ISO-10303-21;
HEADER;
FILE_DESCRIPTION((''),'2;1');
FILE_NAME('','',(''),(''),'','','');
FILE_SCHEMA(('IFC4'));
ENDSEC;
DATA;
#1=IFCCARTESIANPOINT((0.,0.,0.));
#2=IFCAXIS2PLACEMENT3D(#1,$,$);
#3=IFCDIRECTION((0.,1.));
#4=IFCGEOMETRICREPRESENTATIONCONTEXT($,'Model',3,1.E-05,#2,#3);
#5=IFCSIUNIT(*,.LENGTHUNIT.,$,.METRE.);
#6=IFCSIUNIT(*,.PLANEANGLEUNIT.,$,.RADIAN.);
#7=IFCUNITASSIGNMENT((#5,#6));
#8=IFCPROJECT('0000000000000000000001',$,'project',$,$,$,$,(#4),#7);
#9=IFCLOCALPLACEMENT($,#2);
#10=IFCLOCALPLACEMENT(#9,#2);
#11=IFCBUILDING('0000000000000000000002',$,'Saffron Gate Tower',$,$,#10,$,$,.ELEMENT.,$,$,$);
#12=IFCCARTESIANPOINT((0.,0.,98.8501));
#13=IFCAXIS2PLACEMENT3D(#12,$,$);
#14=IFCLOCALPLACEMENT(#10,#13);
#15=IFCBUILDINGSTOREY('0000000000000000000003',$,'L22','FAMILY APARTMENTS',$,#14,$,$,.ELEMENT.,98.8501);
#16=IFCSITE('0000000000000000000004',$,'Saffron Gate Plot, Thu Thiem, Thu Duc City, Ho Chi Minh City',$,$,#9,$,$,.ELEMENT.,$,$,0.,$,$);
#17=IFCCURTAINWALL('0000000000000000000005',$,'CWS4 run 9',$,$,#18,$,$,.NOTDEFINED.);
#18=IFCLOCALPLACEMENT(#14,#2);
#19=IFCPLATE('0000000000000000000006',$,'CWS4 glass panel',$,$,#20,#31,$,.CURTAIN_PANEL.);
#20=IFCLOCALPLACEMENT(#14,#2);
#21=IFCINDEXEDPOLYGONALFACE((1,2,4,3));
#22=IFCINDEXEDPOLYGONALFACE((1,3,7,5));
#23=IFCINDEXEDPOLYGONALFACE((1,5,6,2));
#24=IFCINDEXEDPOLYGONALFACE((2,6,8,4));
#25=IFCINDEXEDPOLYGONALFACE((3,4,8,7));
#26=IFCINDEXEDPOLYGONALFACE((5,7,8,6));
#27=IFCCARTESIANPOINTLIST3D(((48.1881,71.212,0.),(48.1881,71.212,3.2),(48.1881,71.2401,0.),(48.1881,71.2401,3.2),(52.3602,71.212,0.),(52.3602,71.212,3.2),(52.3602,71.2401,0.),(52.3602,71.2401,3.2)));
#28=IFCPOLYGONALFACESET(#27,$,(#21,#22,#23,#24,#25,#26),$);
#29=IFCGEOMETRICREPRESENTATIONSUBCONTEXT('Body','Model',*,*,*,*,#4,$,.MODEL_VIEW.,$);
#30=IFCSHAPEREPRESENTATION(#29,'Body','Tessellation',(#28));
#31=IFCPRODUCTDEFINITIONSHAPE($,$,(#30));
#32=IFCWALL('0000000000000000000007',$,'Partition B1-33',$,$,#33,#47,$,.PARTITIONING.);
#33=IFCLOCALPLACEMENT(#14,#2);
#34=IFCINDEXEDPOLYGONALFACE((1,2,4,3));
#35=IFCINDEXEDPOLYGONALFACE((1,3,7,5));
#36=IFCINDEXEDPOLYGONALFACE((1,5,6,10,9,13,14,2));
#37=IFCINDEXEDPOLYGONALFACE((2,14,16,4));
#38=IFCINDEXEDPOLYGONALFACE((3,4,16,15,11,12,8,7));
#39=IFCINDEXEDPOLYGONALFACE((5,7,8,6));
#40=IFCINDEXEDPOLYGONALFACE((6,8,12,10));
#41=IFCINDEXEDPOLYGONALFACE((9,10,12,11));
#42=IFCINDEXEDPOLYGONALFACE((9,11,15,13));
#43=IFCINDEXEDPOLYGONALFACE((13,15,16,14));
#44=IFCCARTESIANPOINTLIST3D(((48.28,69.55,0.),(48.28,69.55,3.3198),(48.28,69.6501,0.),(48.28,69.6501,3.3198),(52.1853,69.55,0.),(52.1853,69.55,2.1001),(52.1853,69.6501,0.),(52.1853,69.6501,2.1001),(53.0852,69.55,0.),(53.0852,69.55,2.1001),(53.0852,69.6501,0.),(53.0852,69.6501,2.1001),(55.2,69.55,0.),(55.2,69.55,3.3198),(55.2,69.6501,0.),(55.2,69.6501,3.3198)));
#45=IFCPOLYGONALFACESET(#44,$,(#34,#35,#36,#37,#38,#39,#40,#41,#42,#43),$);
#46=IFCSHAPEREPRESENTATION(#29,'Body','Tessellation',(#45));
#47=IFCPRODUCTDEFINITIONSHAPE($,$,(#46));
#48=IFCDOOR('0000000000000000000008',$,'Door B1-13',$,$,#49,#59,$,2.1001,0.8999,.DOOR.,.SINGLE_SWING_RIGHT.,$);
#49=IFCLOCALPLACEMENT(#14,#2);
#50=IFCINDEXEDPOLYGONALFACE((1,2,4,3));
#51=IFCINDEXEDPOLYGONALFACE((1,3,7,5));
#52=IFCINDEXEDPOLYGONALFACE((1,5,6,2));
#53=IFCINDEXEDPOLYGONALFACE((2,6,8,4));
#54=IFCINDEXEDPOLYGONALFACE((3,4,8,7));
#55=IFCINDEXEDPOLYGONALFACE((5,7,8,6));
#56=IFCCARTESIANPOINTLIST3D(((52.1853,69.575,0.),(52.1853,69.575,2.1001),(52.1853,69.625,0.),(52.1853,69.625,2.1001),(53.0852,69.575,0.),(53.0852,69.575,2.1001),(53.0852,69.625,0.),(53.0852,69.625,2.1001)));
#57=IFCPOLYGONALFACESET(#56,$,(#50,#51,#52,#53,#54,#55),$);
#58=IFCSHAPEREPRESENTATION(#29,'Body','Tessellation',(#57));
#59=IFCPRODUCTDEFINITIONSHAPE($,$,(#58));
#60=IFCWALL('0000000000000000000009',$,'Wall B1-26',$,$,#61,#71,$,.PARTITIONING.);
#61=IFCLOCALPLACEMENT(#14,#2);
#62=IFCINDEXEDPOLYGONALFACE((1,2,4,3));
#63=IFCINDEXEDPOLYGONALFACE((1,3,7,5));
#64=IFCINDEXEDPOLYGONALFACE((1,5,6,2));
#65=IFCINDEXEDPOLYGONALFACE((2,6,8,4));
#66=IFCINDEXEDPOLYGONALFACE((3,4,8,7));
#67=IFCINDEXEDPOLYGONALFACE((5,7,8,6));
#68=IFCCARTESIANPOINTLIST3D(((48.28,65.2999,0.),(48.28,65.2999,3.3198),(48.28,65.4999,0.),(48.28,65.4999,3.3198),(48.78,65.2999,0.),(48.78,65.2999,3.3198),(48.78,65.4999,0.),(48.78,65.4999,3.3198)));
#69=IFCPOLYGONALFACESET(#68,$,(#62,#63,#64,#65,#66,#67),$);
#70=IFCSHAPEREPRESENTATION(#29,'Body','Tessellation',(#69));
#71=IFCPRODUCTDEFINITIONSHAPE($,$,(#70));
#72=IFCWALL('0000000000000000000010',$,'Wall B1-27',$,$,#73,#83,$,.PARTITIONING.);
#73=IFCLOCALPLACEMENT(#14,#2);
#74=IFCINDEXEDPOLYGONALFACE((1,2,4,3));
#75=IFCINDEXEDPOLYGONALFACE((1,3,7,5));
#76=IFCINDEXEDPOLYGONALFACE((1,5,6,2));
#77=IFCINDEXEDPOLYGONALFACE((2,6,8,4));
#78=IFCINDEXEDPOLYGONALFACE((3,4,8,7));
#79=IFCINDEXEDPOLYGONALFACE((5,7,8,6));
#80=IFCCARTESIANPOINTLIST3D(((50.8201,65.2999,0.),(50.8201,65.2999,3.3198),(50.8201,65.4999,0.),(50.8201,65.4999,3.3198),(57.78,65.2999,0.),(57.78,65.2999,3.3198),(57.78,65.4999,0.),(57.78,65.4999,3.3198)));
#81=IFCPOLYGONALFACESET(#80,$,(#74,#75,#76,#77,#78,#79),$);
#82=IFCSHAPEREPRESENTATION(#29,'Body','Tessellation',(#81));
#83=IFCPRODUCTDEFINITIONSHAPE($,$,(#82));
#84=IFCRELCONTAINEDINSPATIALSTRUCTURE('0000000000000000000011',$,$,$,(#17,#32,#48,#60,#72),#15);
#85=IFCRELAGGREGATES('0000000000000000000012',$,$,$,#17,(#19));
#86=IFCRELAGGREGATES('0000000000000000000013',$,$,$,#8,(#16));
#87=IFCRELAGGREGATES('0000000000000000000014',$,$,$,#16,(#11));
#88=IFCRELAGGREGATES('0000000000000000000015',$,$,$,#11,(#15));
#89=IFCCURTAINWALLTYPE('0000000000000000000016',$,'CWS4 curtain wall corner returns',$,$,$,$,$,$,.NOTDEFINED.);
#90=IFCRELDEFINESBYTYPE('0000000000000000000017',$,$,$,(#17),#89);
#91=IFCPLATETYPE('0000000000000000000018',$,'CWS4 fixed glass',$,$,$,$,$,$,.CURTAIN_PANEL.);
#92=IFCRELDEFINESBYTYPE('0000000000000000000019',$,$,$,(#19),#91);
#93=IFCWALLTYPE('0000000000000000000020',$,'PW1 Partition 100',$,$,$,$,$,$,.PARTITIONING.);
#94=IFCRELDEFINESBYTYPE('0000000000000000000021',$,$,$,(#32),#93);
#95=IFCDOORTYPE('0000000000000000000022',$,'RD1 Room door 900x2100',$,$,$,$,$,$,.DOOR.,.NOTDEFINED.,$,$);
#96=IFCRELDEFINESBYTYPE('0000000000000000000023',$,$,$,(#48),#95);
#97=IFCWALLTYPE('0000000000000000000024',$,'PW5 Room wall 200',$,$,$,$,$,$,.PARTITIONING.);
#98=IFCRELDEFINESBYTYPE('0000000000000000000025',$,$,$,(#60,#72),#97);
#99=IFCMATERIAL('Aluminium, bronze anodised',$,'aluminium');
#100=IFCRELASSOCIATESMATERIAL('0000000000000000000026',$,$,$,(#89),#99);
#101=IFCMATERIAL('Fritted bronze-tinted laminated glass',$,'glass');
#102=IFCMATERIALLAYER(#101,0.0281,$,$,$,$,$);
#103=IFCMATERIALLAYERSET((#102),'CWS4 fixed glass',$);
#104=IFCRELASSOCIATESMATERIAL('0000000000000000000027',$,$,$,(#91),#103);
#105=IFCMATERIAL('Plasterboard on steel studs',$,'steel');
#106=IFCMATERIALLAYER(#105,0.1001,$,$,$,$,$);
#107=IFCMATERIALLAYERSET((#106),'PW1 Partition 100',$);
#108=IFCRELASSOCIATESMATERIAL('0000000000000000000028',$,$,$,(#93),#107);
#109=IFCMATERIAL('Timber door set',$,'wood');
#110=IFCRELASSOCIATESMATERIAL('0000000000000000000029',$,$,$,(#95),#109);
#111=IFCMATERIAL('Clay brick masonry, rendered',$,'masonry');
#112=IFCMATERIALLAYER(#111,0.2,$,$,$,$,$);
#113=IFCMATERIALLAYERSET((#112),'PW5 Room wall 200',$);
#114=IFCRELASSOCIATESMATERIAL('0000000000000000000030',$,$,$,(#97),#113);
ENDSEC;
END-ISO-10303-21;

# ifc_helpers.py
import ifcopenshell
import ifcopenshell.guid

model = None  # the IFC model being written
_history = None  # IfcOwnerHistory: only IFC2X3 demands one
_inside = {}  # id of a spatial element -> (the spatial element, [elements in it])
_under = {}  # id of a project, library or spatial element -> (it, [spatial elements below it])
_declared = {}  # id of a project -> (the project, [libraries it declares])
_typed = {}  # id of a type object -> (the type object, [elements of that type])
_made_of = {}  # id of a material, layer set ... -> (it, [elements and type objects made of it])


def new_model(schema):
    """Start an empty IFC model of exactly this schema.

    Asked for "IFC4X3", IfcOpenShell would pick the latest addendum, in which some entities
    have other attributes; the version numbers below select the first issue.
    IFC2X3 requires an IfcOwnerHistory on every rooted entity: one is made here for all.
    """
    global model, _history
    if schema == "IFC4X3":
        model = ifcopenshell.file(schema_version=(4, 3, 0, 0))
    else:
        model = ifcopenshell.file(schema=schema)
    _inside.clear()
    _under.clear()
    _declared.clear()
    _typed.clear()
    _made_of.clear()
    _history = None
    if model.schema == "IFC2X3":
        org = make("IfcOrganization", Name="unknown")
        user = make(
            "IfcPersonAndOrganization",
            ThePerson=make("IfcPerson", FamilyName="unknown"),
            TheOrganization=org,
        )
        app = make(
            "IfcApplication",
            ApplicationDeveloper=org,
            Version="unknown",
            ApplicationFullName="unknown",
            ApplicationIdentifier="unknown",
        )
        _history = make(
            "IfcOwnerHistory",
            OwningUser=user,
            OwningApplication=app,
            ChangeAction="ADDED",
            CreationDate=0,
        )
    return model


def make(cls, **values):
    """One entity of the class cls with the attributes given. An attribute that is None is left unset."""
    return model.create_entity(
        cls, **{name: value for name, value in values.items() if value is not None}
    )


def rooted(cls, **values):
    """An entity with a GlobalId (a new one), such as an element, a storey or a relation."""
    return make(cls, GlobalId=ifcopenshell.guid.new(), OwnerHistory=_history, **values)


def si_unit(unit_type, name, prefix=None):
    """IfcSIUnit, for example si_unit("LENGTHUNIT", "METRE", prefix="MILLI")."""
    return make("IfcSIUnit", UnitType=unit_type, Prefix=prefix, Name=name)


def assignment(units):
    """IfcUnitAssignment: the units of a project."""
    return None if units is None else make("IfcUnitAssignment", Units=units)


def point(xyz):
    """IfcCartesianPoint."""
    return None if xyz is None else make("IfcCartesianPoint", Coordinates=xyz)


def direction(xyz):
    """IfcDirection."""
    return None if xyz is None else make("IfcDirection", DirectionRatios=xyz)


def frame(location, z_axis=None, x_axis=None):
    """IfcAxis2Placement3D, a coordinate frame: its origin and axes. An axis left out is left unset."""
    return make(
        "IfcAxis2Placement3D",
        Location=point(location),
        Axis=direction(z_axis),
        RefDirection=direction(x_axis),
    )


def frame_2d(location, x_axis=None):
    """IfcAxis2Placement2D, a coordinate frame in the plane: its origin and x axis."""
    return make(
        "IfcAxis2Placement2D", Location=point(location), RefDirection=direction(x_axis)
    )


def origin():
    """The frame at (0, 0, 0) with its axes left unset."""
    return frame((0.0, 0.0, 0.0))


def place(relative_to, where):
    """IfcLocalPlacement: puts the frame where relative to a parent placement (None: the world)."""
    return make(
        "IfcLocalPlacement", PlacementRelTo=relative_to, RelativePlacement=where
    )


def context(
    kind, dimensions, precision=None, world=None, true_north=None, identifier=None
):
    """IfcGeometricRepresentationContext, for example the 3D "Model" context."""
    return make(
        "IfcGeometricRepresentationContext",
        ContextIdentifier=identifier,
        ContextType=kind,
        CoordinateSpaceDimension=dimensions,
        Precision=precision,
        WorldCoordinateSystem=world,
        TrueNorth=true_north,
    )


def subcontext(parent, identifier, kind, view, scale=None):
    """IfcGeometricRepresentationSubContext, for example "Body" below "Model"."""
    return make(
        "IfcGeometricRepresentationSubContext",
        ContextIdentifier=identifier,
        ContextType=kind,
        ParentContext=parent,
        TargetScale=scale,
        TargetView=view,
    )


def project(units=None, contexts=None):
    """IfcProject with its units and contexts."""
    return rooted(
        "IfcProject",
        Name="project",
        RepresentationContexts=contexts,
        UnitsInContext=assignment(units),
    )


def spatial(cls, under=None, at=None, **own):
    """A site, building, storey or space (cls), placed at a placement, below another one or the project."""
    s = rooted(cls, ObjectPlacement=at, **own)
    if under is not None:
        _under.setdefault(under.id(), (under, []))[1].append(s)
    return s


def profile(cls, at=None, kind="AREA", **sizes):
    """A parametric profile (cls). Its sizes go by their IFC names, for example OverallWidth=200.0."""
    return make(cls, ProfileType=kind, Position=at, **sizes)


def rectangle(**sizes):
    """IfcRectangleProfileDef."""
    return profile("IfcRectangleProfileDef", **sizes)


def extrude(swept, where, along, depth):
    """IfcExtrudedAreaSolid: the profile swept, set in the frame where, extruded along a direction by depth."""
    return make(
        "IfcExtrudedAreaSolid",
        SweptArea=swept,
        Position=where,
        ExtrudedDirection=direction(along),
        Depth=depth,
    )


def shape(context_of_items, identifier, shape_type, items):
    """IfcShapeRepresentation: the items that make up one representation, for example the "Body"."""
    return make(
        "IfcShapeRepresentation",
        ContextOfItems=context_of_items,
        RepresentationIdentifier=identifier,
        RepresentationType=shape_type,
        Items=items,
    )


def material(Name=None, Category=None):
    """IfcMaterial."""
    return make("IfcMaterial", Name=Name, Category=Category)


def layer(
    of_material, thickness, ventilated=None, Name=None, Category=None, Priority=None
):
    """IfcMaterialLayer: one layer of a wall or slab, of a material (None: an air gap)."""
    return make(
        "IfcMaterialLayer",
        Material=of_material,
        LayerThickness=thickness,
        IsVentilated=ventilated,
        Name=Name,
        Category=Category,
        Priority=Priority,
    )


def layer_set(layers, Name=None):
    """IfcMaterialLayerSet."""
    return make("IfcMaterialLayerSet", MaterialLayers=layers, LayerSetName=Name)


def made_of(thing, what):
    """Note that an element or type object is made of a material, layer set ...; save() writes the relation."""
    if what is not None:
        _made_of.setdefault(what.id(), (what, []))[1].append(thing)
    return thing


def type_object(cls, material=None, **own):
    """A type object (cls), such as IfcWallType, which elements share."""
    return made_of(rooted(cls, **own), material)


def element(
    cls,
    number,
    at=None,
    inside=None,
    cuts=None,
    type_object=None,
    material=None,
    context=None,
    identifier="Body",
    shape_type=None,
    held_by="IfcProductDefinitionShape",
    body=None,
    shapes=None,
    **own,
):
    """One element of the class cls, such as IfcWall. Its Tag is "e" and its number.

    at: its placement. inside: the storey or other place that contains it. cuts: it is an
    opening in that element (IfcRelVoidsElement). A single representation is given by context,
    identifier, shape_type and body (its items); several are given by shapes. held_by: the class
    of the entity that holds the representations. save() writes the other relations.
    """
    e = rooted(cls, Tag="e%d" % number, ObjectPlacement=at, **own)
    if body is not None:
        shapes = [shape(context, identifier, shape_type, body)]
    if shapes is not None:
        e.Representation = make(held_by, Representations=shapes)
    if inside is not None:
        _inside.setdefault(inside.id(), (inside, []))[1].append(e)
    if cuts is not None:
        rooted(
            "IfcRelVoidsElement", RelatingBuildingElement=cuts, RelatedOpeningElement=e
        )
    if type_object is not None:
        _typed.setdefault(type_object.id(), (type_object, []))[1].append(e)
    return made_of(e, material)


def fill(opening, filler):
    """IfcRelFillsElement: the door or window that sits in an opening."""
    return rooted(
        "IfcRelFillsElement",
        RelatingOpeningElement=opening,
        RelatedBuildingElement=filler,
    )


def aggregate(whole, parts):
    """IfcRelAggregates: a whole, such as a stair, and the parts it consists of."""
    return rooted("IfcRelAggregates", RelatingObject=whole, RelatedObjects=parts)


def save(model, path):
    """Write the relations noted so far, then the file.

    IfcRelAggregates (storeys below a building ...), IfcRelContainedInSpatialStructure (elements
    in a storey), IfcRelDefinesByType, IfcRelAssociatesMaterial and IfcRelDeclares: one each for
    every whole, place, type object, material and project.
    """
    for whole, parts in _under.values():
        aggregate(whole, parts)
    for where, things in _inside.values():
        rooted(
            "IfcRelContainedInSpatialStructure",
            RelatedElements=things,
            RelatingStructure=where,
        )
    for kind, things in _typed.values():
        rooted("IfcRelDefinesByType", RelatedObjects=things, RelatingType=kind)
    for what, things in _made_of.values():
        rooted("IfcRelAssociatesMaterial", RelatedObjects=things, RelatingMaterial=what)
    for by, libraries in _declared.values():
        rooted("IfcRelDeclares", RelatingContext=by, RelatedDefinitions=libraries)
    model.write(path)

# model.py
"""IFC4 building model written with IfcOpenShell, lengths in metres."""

from ifc_helpers import new_model, si_unit, direction, frame, frame_2d, origin, place, context, subcontext, project, spatial, rectangle, extrude, material, layer, layer_set, type_object, element, fill, aggregate, save


model = new_model("IFC4")

# Units and contexts
model_context = context("Model", 3, precision=1e-05, world=origin(), true_north=direction((0.0, 1.0)))
body_context = subcontext(model_context, "Body", "Model", "MODEL_VIEW")
ifc_project = project(units=[si_unit("LENGTHUNIT", "METRE"), si_unit("PLANEANGLEUNIT", "RADIAN")], contexts=[model_context])

# Site, building, storey
site_placement = place(None, origin())
site = spatial("IfcSite", under=ifc_project, at=site_placement, Name="Saffron Gate Plot, Thu Thiem, Thu Duc City, Ho Chi Minh City", CompositionType="ELEMENT", RefElevation=0.0)
building_placement = place(site_placement, origin())
building = spatial("IfcBuilding", under=site, at=building_placement, Name="Saffron Gate Tower", CompositionType="ELEMENT")
storey_placement = place(building_placement, frame((0.0, 0.0, 98.8501)))
storey = spatial("IfcBuildingStorey", under=building, at=storey_placement, Name="L22", Description="FAMILY APARTMENTS", CompositionType="ELEMENT", Elevation=98.8501)

# Shared definitions
ifc_material_1 = material(Name="Aluminium, bronze anodised", Category="aluminium")

# Curtain wall
curtain_wall_type_1 = type_object("IfcCurtainWallType", Name="CWS4 curtain wall corner returns", PredefinedType="NOTDEFINED", material=ifc_material_1)
curtain_wall_1_placement = place(storey_placement, origin())
curtain_wall_1 = element("IfcCurtainWall", 1, at=curtain_wall_1_placement, inside=storey, type_object=curtain_wall_type_1, Name="CWS4 run 9", PredefinedType="NOTDEFINED")

# Shared definitions
ifc_material_2 = material(Name="Fritted bronze-tinted laminated glass", Category="glass")

# Plate
ifc_layer_1 = layer(ifc_material_2, 0.0281)
ifc_layer_set_1 = layer_set([ifc_layer_1], Name="CWS4 fixed glass")
plate_type_1 = type_object("IfcPlateType", Name="CWS4 fixed glass", PredefinedType="CURTAIN_PANEL", material=ifc_layer_set_1)
plate_1_placement = place(storey_placement, frame((52.3601, 71.2261, 0.0), z_axis=(0.0, 0.0, 1.0), x_axis=(-1.0, 0.0, 0.0)))
plate_1 = element("IfcPlate", 2, at=plate_1_placement, type_object=plate_type_1, Name="CWS4 glass panel", PredefinedType="CURTAIN_PANEL", context=body_context, shape_type="SweptSolid", body=[
    extrude(rectangle(XDim=4.1721, YDim=0.0281, at=frame_2d((2.0859, 0.0))), origin(), (0.0, 0.0, 1.0), 3.2),
])
aggregate(curtain_wall_1, [plate_1])

# Wall, opening, door
ifc_material_3 = material(Name="Plasterboard on steel studs", Category="steel")
ifc_layer_2 = layer(ifc_material_3, 0.1001)
ifc_layer_set_2 = layer_set([ifc_layer_2], Name="PW1 Partition 100")
wall_type_1 = type_object("IfcWallType", Name="PW1 Partition 100", PredefinedType="PARTITIONING", material=ifc_layer_set_2)
wall_1_placement = place(storey_placement, frame((48.28, 69.6001, 0.0), z_axis=(0.0, 0.0, 1.0), x_axis=(1.0, 0.0, 0.0)))
wall_1 = element("IfcWall", 3, at=wall_1_placement, inside=storey, type_object=wall_type_1, Name="Partition B1-33", PredefinedType="PARTITIONING", context=body_context, shape_type="SweptSolid", body=[
    extrude(rectangle(XDim=6.9199, YDim=0.1001, at=frame_2d((3.46, 0.0))), origin(), (0.0, 0.0, 1.0), 3.3198),
])
opening_1_placement = place(wall_1_placement, frame((3.9053, 0.0, 0.0)))
opening_1 = element("IfcOpeningElement", 4, at=opening_1_placement, cuts=wall_1, PredefinedType="OPENING", context=body_context, shape_type="SweptSolid", body=[
    extrude(rectangle(XDim=0.8999, YDim=2.1001, at=frame_2d((0.45, 1.05))), frame((0.0, 0.0601, 0.0), z_axis=(0.0, -1.0, 0.0), x_axis=(1.0, 0.0, 0.0)), (0.0, 0.0, 1.0), 0.1201),
])
ifc_material_4 = material(Name="Timber door set", Category="wood")
door_type = type_object("IfcDoorType", Name="RD1 Room door 900x2100", OperationType="NOTDEFINED", PredefinedType="DOOR", material=ifc_material_4)
door_placement = place(opening_1_placement, origin())
door = element("IfcDoor", 5, at=door_placement, inside=storey, type_object=door_type, Name="Door B1-13", OperationType="SINGLE_SWING_RIGHT", OverallHeight=2.1001, OverallWidth=0.8999, PredefinedType="DOOR", context=body_context, shape_type="SweptSolid", body=[
    extrude(rectangle(XDim=0.8999, YDim=2.1001, at=frame_2d((0.45, 1.05))), frame((0.0, 0.0249, 0.0), z_axis=(0.0, -1.0, 0.0), x_axis=(1.0, 0.0, 0.0)), (0.0, 0.0, 1.0), 0.05),
])
fill(opening_1, door)

# Walls
ifc_material_5 = material(Name="Clay brick masonry, rendered", Category="masonry")
ifc_layer_3 = layer(ifc_material_5, 0.2)
ifc_layer_set_3 = layer_set([ifc_layer_3], Name="PW5 Room wall 200")
wall_type_2 = type_object("IfcWallType", Name="PW5 Room wall 200", PredefinedType="PARTITIONING", material=ifc_layer_set_3)
wall_2_placement = place(storey_placement, frame((48.28, 65.3999, 0.0), z_axis=(0.0, 0.0, 1.0), x_axis=(1.0, 0.0, 0.0)))
element("IfcWall", 6, at=wall_2_placement, inside=storey, type_object=wall_type_2, Name="Wall B1-26", PredefinedType="PARTITIONING", context=body_context, shape_type="SweptSolid", body=[
    extrude(rectangle(XDim=0.5, YDim=0.2, at=frame_2d((0.25, 0.0))), origin(), (0.0, 0.0, 1.0), 3.3198),
])
wall_3_placement = place(storey_placement, frame((50.8201, 65.3999, 0.0), z_axis=(0.0, 0.0, 1.0), x_axis=(1.0, 0.0, 0.0)))
element("IfcWall", 7, at=wall_3_placement, inside=storey, type_object=wall_type_2, Name="Wall B1-27", PredefinedType="PARTITIONING", context=body_context, shape_type="SweptSolid", body=[
    extrude(rectangle(XDim=6.96, YDim=0.2, at=frame_2d((3.48, 0.0))), origin(), (0.0, 0.0, 1.0), 3.3198),
])

save(model, "model.ifc")
